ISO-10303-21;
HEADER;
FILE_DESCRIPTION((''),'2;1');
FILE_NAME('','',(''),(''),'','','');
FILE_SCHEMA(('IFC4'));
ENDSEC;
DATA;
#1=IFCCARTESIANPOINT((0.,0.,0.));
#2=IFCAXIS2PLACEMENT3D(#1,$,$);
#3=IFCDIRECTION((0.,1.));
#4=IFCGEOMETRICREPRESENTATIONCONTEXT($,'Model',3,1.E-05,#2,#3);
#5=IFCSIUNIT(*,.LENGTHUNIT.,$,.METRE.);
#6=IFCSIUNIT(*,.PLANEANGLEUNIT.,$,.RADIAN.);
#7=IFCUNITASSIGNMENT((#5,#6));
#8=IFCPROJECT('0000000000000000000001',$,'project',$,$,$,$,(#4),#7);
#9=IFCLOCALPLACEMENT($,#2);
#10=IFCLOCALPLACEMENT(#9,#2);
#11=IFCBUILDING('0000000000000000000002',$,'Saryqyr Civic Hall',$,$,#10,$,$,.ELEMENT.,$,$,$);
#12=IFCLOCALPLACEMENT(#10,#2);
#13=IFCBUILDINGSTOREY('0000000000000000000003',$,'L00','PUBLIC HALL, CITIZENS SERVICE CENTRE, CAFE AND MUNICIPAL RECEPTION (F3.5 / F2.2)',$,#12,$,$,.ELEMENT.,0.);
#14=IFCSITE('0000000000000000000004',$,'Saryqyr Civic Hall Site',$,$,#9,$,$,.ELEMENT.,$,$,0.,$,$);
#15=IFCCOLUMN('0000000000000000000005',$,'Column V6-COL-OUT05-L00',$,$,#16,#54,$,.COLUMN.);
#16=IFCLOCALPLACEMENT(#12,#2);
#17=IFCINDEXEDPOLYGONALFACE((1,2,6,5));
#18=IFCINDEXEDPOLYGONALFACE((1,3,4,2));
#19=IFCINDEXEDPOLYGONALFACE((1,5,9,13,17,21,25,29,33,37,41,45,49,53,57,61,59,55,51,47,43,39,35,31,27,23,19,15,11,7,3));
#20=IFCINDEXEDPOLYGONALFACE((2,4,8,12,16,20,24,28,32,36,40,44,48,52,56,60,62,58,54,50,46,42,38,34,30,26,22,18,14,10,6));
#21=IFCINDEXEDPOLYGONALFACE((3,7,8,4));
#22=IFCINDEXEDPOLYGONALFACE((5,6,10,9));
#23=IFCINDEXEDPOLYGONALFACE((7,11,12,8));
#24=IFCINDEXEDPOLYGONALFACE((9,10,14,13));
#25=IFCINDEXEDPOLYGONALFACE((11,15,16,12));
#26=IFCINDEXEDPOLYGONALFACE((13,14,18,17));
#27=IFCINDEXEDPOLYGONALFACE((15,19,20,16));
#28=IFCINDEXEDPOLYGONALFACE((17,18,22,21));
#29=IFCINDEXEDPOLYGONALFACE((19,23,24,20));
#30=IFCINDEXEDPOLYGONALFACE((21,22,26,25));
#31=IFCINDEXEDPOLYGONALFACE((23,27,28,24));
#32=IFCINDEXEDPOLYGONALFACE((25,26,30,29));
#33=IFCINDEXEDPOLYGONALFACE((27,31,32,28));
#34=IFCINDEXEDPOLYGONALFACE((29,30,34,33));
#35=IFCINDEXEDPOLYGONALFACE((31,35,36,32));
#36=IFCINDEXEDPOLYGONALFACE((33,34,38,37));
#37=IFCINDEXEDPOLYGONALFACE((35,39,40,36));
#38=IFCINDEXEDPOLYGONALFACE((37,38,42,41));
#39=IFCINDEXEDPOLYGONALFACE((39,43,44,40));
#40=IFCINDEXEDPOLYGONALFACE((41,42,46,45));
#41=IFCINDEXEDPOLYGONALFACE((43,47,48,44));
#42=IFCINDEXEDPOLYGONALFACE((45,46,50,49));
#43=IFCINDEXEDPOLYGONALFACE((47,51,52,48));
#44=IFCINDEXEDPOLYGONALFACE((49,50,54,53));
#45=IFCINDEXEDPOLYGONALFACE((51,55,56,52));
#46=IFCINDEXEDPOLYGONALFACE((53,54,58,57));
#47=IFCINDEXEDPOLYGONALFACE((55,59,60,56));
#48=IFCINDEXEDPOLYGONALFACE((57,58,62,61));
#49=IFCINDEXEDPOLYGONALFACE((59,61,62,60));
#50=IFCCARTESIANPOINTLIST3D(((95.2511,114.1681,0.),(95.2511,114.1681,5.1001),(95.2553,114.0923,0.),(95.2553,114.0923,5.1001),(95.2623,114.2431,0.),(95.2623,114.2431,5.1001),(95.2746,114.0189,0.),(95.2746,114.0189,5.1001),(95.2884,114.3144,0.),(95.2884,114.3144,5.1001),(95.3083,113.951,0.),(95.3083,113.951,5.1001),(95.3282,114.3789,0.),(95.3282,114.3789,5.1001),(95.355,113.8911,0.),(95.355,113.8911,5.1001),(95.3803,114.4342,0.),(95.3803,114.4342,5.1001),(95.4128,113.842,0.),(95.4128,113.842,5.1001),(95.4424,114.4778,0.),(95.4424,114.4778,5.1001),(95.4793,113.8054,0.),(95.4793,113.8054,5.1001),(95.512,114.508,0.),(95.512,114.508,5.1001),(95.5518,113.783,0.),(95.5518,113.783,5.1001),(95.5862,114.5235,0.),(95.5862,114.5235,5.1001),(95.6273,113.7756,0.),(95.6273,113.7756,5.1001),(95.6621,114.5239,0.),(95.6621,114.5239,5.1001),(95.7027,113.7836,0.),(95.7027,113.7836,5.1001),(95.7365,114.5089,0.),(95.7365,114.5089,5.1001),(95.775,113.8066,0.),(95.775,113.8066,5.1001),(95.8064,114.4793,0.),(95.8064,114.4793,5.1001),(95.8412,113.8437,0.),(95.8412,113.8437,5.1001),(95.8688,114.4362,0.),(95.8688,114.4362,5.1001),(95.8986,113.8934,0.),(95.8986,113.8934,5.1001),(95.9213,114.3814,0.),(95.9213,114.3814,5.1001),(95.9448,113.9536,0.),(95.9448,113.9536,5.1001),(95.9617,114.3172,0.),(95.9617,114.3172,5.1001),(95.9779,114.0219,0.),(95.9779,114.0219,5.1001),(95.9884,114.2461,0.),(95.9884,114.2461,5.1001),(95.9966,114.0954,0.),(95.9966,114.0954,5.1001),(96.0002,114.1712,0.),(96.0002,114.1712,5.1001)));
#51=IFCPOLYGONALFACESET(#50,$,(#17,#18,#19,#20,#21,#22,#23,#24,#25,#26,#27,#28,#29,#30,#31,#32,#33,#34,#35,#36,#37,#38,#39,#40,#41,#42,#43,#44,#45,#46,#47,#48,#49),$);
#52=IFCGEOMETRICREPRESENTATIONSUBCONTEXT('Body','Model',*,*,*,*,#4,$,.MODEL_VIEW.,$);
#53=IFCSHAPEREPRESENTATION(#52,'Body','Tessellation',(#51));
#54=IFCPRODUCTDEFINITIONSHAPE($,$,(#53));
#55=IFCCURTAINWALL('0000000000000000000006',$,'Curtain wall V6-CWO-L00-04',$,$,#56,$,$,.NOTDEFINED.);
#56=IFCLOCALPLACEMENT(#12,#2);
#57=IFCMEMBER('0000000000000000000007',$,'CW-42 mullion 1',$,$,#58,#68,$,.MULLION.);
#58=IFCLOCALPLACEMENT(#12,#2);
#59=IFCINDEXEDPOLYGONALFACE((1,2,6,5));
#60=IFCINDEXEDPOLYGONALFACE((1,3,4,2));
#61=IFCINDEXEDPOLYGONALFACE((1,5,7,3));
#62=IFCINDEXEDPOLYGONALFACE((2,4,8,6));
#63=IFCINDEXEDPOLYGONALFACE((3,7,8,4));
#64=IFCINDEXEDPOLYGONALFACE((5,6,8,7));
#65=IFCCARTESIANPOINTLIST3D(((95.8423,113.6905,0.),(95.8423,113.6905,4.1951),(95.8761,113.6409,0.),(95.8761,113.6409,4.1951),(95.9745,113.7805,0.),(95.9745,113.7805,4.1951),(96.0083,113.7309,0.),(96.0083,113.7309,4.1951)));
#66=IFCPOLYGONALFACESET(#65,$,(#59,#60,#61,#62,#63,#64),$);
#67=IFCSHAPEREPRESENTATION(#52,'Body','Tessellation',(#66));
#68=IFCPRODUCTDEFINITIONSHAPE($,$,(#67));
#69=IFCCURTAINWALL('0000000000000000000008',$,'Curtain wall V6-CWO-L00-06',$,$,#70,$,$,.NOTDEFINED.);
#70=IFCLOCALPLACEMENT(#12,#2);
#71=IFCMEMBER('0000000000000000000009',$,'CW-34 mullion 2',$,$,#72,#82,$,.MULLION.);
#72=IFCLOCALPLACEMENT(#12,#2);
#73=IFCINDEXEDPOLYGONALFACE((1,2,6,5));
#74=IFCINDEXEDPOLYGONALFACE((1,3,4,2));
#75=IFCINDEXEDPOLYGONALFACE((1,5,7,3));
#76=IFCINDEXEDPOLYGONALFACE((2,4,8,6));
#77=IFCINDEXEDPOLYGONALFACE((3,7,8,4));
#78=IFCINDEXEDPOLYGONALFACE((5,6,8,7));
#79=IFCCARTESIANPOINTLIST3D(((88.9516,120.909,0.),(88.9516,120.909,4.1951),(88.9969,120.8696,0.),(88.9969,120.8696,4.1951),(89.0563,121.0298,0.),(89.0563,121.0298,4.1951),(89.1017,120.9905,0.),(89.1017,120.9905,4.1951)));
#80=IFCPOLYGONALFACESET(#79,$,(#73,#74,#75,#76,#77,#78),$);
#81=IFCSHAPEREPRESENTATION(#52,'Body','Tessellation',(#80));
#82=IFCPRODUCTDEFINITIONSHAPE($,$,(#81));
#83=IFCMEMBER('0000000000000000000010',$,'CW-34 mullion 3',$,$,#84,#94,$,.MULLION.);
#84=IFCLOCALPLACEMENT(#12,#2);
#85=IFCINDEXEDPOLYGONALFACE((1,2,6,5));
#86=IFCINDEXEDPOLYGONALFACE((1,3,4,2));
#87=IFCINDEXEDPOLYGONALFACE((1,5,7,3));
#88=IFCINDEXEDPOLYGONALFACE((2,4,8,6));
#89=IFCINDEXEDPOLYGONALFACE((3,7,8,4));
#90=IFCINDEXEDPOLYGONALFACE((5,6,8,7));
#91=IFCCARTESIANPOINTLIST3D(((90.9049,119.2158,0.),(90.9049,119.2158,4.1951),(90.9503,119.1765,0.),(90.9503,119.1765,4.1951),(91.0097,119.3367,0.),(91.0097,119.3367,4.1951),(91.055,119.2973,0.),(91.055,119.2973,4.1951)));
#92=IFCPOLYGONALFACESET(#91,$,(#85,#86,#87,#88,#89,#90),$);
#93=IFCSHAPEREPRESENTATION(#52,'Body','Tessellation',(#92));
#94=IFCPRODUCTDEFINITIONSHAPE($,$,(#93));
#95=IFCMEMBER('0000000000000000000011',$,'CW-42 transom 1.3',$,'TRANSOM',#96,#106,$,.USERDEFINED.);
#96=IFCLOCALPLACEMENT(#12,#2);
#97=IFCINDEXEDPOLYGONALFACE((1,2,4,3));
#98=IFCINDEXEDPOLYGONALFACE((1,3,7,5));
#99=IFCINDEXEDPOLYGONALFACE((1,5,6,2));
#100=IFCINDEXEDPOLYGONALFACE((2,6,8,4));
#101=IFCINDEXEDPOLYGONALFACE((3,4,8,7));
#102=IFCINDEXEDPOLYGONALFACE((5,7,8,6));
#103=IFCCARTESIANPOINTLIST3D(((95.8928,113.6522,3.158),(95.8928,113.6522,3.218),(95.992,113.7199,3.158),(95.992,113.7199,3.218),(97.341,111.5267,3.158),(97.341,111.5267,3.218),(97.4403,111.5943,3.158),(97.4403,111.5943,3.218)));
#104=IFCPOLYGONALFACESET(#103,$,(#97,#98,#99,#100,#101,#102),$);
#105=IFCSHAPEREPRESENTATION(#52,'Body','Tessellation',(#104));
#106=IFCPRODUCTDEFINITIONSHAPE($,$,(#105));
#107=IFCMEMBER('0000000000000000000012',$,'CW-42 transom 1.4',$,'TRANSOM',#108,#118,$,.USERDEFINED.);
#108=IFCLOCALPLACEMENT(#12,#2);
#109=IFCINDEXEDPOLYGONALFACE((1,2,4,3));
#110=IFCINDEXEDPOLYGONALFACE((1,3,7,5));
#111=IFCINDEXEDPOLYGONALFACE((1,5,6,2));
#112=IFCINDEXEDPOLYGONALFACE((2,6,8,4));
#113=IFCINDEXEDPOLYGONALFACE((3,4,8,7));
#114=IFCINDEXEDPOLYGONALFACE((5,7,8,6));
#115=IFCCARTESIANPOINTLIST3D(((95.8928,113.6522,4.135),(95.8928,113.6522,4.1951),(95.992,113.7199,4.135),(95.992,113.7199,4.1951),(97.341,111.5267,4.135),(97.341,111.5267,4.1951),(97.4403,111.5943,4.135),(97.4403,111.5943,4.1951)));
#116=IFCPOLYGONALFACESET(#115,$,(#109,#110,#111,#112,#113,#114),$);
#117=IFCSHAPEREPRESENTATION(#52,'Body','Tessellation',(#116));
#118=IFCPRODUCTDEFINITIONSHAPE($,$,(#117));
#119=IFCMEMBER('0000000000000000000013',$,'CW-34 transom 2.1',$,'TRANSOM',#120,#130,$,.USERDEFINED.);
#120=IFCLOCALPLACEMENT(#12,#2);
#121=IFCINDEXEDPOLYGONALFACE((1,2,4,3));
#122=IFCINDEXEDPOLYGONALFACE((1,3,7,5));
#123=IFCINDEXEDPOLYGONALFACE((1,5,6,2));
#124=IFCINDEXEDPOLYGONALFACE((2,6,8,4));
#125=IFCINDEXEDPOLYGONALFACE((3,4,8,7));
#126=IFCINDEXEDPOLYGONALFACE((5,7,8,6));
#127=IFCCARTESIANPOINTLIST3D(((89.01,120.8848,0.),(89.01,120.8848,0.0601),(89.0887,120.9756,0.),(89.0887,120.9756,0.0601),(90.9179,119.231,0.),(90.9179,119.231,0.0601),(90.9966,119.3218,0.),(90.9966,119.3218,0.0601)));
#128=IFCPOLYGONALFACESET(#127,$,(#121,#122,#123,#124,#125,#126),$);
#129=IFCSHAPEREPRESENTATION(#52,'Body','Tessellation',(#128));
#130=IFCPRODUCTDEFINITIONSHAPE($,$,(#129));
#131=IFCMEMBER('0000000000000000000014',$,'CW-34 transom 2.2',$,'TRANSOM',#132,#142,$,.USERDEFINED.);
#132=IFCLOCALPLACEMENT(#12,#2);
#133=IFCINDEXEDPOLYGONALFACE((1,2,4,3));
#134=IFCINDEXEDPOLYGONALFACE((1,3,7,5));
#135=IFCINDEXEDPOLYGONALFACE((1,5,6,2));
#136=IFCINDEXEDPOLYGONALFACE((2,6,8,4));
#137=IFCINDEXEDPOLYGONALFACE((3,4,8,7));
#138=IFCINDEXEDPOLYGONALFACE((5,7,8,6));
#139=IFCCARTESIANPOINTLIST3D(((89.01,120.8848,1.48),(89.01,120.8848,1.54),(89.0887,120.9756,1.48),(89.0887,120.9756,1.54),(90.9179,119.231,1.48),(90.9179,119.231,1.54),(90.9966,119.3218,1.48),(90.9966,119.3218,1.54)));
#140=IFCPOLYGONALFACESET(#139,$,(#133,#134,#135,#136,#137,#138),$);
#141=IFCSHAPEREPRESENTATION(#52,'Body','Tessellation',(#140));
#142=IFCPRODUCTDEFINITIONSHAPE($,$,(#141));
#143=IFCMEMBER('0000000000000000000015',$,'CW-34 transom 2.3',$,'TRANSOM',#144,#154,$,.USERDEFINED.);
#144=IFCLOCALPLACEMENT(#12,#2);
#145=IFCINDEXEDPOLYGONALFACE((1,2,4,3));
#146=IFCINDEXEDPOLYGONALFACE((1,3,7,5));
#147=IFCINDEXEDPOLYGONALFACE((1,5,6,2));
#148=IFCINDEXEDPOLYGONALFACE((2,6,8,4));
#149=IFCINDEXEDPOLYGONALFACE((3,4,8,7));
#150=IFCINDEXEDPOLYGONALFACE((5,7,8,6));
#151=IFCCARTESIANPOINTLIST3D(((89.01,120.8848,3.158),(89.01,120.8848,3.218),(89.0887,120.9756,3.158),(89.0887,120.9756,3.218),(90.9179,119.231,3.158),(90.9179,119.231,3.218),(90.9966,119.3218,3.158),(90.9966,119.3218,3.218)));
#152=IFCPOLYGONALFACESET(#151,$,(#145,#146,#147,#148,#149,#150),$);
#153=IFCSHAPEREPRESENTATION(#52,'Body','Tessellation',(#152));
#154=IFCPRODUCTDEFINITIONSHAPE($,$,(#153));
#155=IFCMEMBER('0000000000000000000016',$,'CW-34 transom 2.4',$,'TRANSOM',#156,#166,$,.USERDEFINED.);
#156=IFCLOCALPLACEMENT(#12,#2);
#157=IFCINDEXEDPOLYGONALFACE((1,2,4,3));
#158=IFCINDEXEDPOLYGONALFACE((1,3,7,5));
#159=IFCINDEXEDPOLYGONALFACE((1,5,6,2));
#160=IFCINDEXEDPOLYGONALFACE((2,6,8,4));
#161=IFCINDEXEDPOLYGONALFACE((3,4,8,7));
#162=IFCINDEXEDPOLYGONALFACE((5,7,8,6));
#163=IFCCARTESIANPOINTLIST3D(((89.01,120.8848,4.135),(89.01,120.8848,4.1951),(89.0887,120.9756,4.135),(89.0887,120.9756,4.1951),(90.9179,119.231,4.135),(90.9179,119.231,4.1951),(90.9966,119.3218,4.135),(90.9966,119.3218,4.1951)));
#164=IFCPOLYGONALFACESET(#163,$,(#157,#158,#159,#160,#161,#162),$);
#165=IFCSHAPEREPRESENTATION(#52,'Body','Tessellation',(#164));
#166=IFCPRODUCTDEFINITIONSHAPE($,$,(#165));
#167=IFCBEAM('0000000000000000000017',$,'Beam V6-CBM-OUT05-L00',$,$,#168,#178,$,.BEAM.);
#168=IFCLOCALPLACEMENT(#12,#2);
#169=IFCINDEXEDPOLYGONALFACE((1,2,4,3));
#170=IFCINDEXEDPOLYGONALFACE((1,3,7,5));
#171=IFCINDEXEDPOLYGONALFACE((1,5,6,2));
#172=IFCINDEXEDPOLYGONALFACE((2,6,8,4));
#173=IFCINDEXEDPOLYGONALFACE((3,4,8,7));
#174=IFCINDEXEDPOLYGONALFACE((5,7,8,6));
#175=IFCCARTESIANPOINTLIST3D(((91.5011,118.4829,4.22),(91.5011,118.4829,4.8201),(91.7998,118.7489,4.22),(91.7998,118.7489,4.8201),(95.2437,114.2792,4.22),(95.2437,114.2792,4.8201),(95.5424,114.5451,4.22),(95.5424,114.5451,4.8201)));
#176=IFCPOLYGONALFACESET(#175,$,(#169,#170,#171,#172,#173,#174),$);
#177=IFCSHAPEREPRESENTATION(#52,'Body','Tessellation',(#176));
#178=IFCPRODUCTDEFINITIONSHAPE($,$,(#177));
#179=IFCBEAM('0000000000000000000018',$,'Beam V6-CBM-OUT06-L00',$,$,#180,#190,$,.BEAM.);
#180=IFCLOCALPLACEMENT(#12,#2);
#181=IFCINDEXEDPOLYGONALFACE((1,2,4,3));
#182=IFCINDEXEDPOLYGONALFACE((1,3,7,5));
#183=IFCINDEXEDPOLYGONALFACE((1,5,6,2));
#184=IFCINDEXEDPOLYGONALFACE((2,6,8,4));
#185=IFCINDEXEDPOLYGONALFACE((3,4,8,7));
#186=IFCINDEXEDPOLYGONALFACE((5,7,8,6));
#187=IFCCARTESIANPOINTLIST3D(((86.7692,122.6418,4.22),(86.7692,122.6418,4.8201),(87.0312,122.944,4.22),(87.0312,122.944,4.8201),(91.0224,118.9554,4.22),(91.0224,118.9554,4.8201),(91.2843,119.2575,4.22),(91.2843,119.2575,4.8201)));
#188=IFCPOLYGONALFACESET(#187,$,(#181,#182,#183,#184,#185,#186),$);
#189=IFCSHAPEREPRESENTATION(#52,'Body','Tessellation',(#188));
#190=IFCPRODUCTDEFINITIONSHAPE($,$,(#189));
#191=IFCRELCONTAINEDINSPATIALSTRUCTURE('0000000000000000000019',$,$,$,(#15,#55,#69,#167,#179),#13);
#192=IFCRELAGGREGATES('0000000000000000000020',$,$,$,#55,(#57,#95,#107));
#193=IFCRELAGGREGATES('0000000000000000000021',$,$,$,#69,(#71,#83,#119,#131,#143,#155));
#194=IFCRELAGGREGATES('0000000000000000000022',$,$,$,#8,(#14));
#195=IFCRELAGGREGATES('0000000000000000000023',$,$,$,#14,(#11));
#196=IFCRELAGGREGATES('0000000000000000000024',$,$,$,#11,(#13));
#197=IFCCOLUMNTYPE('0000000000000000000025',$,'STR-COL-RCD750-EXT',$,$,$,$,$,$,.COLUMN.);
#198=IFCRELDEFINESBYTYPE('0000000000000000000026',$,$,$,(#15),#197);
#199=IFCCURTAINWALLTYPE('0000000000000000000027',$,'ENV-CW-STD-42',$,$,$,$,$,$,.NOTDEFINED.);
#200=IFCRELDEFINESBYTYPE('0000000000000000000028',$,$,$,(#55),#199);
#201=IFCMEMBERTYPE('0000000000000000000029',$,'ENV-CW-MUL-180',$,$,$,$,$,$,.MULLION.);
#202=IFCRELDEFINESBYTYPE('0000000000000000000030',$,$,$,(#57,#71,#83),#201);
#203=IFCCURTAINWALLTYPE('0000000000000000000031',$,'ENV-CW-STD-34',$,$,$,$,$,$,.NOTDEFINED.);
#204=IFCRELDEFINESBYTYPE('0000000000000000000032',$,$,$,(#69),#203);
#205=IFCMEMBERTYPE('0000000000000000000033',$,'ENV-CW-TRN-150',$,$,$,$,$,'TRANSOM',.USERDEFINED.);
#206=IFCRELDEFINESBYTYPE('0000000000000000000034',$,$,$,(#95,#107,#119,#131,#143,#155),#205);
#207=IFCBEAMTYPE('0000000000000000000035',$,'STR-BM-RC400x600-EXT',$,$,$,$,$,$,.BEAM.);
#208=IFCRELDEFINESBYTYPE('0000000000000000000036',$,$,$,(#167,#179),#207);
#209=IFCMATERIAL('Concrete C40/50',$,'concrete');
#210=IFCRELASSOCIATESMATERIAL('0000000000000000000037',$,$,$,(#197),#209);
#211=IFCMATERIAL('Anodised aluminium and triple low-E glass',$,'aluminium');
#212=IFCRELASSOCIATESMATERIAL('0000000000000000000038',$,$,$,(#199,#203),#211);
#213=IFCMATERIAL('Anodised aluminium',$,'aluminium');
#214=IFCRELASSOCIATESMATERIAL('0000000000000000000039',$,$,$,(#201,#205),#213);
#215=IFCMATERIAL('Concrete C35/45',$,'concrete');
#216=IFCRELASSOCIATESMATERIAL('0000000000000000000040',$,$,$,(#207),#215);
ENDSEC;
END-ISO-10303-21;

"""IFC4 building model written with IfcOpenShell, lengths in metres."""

from ifc_helpers import new_model, si_unit, direction, frame, origin, origin_2d, place, context, subcontext, project, spatial, rectangle, circle, extrude, material, material_profile, profile_set, type_object, element, aggregate, save


model = new_model("IFC4")

# Units and contexts
model_context = context("Model", 3, precision=1e-05, world=origin(), true_north=direction((0.0, 1.0)))
body_context = subcontext(model_context, "Body", "Model", "MODEL_VIEW")
ifc_project = project(units=[si_unit("LENGTHUNIT", "METRE"), si_unit("PLANEANGLEUNIT", "RADIAN")], contexts=[model_context])

# Site, building, storey
site_placement = place(None, origin())
site = spatial("IfcSite", under=ifc_project, at=site_placement, Name="Saryqyr Civic Hall Site", CompositionType="ELEMENT", RefElevation=0.0)
building_placement = place(site_placement, origin())
building = spatial("IfcBuilding", under=site, at=building_placement, Name="Saryqyr Civic Hall", CompositionType="ELEMENT")
storey_placement = place(building_placement, origin())
storey = spatial("IfcBuildingStorey", under=building, at=storey_placement, Name="L00", Description="PUBLIC HALL, CITIZENS SERVICE CENTRE, CAFE AND MUNICIPAL RECEPTION (F3.5 / F2.2)", CompositionType="ELEMENT", Elevation=0.0)

# Column
ifc_material_1 = material(Name="Concrete C40/50", Category="concrete")
ifc_material_profile_1 = material_profile(ifc_material_1, circle(Radius=0.375, at=origin_2d()), Name="RC D750")
ifc_profile_set_1 = profile_set([ifc_material_profile_1], Name="Concrete C40/50")
column_type = type_object("IfcColumnType", Name="STR-COL-RCD750-EXT", PredefinedType="COLUMN", material=ifc_profile_set_1)
for number, where, z_axis, x_axis, name in (
    (1, (95.6257, 114.1506, 0.0), (0.0, 0.0, 1.0), (0.788226, 0.615386, 0.0), "Column V6-COL-OUT05-L00"),
):
    element("IfcColumn", number, at=place(storey_placement, frame(where, z_axis=z_axis, x_axis=x_axis)), inside=storey, type_object=column_type, Name=name, PredefinedType="COLUMN", context=body_context, shape_type="SweptSolid", body=[
        extrude(circle(Radius=0.375, at=origin_2d()), origin(), (0.0, 0.0, 1.0), 5.1001),
    ])

# Curtain wall, member
ifc_material_2 = material(Name="Anodised aluminium and triple low-E glass", Category="aluminium")
curtain_wall_type_1 = type_object("IfcCurtainWallType", Name="ENV-CW-STD-42", PredefinedType="NOTDEFINED", material=ifc_material_2)
curtain_wall_1_placement = place(storey_placement, origin())
curtain_wall_1 = element("IfcCurtainWall", 2, at=curtain_wall_1_placement, inside=storey, type_object=curtain_wall_type_1, Name="Curtain wall V6-CWO-L00-04", PredefinedType="NOTDEFINED")
ifc_material_3 = material(Name="Anodised aluminium", Category="aluminium")
ifc_material_profile_2 = material_profile(ifc_material_3, rectangle(XDim=0.0601, YDim=0.1599, at=origin_2d()), Name="ALU MULLION 60x160")
ifc_profile_set_2 = profile_set([ifc_material_profile_2], Name="Anodised aluminium")
member_type_1 = type_object("IfcMemberType", Name="ENV-CW-MUL-180", PredefinedType="MULLION", material=ifc_profile_set_2)
member_1_placement = place(storey_placement, frame((95.9253, 113.7107, 0.0), z_axis=(0.0, 0.0, 1.0), x_axis=(0.563119, -0.826376, 0.0)))
member_1 = element("IfcMember", 3, at=member_1_placement, type_object=member_type_1, Name="CW-42 mullion 1", PredefinedType="MULLION", context=body_context, shape_type="SweptSolid", body=[
    extrude(rectangle(XDim=0.0601, YDim=0.1599, at=origin_2d()), origin(), (0.0, 0.0, 1.0), 4.1951),
])

# Curtain wall, members
curtain_wall_type_2 = type_object("IfcCurtainWallType", Name="ENV-CW-STD-34", PredefinedType="NOTDEFINED", material=ifc_material_2)
curtain_wall_2_placement = place(storey_placement, origin())
curtain_wall_2 = element("IfcCurtainWall", 4, at=curtain_wall_2_placement, inside=storey, type_object=curtain_wall_type_2, Name="Curtain wall V6-CWO-L00-06", PredefinedType="NOTDEFINED")
member_2_placement = place(storey_placement, frame((89.0266, 120.9497, 0.0), z_axis=(0.0, 0.0, 1.0), x_axis=(0.755656, -0.654968, 0.0)))
member_2 = element("IfcMember", 5, at=member_2_placement, type_object=member_type_1, Name="CW-34 mullion 2", PredefinedType="MULLION", context=body_context, shape_type="SweptSolid", body=[
    extrude(rectangle(XDim=0.0601, YDim=0.1599, at=origin_2d()), origin(), (0.0, 0.0, 1.0), 4.1951),
])
member_3_placement = place(storey_placement, frame((90.98, 119.2566, 0.0), z_axis=(0.0, 0.0, 1.0), x_axis=(0.755656, -0.654968, 0.0)))
member_3 = element("IfcMember", 6, at=member_3_placement, type_object=member_type_1, Name="CW-34 mullion 3", PredefinedType="MULLION", context=body_context, shape_type="SweptSolid", body=[
    extrude(rectangle(XDim=0.0601, YDim=0.1599, at=origin_2d()), origin(), (0.0, 0.0, 1.0), 4.1951),
])

# Members
ifc_material_profile_3 = material_profile(ifc_material_3, rectangle(XDim=0.1201, YDim=0.0601, at=origin_2d()), Name="ALU TRANSOM 120x60")
ifc_profile_set_3 = profile_set([ifc_material_profile_3], Name="Anodised aluminium")
member_type_2 = type_object("IfcMemberType", Name="ENV-CW-TRN-150", ElementType="TRANSOM", PredefinedType="USERDEFINED", material=ifc_profile_set_3)
member_4_placement = place(storey_placement, frame((95.9424, 113.686, 3.188), z_axis=(0.563083, -0.8264, 0.0), x_axis=(0.8264, 0.563083, 0.0)))
member_4 = element("IfcMember", 7, at=member_4_placement, type_object=member_type_2, Name="CW-42 transom 1.3", ObjectType="TRANSOM", PredefinedType="USERDEFINED", context=body_context, shape_type="SweptSolid", body=[
    extrude(rectangle(XDim=0.1201, YDim=0.0601, at=origin_2d()), origin(), (0.0, 0.0, 1.0), 2.572),
])
member_5_placement = place(storey_placement, frame((95.9424, 113.686, 4.165), z_axis=(0.563083, -0.8264, 0.0), x_axis=(0.8264, 0.563083, 0.0)))
member_5 = element("IfcMember", 8, at=member_5_placement, type_object=member_type_2, Name="CW-42 transom 1.4", ObjectType="TRANSOM", PredefinedType="USERDEFINED", context=body_context, shape_type="SweptSolid", body=[
    extrude(rectangle(XDim=0.1201, YDim=0.0601, at=origin_2d()), origin(), (0.0, 0.0, 1.0), 2.572),
])
aggregate(curtain_wall_1, [member_1, member_4, member_5])
member_6_placement = place(storey_placement, frame((89.0493, 120.9302, 0.03), z_axis=(0.755641, -0.654986, 0.0), x_axis=(0.654986, 0.755641, 0.0)))
member_6 = element("IfcMember", 9, at=member_6_placement, type_object=member_type_2, Name="CW-34 transom 2.1", ObjectType="TRANSOM", PredefinedType="USERDEFINED", context=body_context, shape_type="SweptSolid", body=[
    extrude(rectangle(XDim=0.1201, YDim=0.0601, at=origin_2d()), origin(), (0.0, 0.0, 1.0), 2.5249),
])
member_7_placement = place(storey_placement, frame((89.0493, 120.9302, 1.51), z_axis=(0.755641, -0.654986, 0.0), x_axis=(0.654986, 0.755641, 0.0)))
member_7 = element("IfcMember", 10, at=member_7_placement, type_object=member_type_2, Name="CW-34 transom 2.2", ObjectType="TRANSOM", PredefinedType="USERDEFINED", context=body_context, shape_type="SweptSolid", body=[
    extrude(rectangle(XDim=0.1201, YDim=0.0601, at=origin_2d()), origin(), (0.0, 0.0, 1.0), 2.5249),
])
member_8_placement = place(storey_placement, frame((89.0493, 120.9302, 3.188), z_axis=(0.755641, -0.654986, 0.0), x_axis=(0.654986, 0.755641, 0.0)))
member_8 = element("IfcMember", 11, at=member_8_placement, type_object=member_type_2, Name="CW-34 transom 2.3", ObjectType="TRANSOM", PredefinedType="USERDEFINED", context=body_context, shape_type="SweptSolid", body=[
    extrude(rectangle(XDim=0.1201, YDim=0.0601, at=origin_2d()), origin(), (0.0, 0.0, 1.0), 2.5249),
])
member_9_placement = place(storey_placement, frame((89.0493, 120.9302, 4.165), z_axis=(0.755641, -0.654986, 0.0), x_axis=(0.654986, 0.755641, 0.0)))
member_9 = element("IfcMember", 12, at=member_9_placement, type_object=member_type_2, Name="CW-34 transom 2.4", ObjectType="TRANSOM", PredefinedType="USERDEFINED", context=body_context, shape_type="SweptSolid", body=[
    extrude(rectangle(XDim=0.1201, YDim=0.0601, at=origin_2d()), origin(), (0.0, 0.0, 1.0), 2.5249),
])

# Beams
ifc_material_4 = material(Name="Concrete C35/45", Category="concrete")
ifc_material_profile_4 = material_profile(ifc_material_4, rectangle(XDim=0.3999, YDim=0.6001, at=origin_2d()), Name="RC 400x600")
ifc_profile_set_4 = profile_set([ifc_material_profile_4], Name="Concrete C35/45")
beam_type = type_object("IfcBeamType", Name="STR-BM-RC400x600-EXT", PredefinedType="BEAM", material=ifc_profile_set_4)
for number, where, z_axis, x_axis, name in (
    (13, (95.3931, 114.4121, 4.52), (-0.664951, 0.746887, 0.0), (-0.746887, -0.664951, 0.0), "Beam V6-CBM-OUT05-L00"),
    (14, (91.1533, 119.1064, 4.52), (-0.75565, 0.654975, 0.0), (-0.654975, -0.75565, 0.0), "Beam V6-CBM-OUT06-L00"),
):
    element("IfcBeam", number, at=place(storey_placement, frame(where, z_axis=z_axis, x_axis=x_axis)), inside=storey, type_object=beam_type, Name=name, PredefinedType="BEAM", context=body_context, shape_type="SweptSolid", body=[
        extrude(rectangle(XDim=0.3999, YDim=0.6001, at=origin_2d()), origin(), (0.0, 0.0, 1.0), 5.6284),
    ])

aggregate(curtain_wall_2, [member_2, member_3, member_6, member_7, member_8, member_9])

save(model, "model.ifc")
